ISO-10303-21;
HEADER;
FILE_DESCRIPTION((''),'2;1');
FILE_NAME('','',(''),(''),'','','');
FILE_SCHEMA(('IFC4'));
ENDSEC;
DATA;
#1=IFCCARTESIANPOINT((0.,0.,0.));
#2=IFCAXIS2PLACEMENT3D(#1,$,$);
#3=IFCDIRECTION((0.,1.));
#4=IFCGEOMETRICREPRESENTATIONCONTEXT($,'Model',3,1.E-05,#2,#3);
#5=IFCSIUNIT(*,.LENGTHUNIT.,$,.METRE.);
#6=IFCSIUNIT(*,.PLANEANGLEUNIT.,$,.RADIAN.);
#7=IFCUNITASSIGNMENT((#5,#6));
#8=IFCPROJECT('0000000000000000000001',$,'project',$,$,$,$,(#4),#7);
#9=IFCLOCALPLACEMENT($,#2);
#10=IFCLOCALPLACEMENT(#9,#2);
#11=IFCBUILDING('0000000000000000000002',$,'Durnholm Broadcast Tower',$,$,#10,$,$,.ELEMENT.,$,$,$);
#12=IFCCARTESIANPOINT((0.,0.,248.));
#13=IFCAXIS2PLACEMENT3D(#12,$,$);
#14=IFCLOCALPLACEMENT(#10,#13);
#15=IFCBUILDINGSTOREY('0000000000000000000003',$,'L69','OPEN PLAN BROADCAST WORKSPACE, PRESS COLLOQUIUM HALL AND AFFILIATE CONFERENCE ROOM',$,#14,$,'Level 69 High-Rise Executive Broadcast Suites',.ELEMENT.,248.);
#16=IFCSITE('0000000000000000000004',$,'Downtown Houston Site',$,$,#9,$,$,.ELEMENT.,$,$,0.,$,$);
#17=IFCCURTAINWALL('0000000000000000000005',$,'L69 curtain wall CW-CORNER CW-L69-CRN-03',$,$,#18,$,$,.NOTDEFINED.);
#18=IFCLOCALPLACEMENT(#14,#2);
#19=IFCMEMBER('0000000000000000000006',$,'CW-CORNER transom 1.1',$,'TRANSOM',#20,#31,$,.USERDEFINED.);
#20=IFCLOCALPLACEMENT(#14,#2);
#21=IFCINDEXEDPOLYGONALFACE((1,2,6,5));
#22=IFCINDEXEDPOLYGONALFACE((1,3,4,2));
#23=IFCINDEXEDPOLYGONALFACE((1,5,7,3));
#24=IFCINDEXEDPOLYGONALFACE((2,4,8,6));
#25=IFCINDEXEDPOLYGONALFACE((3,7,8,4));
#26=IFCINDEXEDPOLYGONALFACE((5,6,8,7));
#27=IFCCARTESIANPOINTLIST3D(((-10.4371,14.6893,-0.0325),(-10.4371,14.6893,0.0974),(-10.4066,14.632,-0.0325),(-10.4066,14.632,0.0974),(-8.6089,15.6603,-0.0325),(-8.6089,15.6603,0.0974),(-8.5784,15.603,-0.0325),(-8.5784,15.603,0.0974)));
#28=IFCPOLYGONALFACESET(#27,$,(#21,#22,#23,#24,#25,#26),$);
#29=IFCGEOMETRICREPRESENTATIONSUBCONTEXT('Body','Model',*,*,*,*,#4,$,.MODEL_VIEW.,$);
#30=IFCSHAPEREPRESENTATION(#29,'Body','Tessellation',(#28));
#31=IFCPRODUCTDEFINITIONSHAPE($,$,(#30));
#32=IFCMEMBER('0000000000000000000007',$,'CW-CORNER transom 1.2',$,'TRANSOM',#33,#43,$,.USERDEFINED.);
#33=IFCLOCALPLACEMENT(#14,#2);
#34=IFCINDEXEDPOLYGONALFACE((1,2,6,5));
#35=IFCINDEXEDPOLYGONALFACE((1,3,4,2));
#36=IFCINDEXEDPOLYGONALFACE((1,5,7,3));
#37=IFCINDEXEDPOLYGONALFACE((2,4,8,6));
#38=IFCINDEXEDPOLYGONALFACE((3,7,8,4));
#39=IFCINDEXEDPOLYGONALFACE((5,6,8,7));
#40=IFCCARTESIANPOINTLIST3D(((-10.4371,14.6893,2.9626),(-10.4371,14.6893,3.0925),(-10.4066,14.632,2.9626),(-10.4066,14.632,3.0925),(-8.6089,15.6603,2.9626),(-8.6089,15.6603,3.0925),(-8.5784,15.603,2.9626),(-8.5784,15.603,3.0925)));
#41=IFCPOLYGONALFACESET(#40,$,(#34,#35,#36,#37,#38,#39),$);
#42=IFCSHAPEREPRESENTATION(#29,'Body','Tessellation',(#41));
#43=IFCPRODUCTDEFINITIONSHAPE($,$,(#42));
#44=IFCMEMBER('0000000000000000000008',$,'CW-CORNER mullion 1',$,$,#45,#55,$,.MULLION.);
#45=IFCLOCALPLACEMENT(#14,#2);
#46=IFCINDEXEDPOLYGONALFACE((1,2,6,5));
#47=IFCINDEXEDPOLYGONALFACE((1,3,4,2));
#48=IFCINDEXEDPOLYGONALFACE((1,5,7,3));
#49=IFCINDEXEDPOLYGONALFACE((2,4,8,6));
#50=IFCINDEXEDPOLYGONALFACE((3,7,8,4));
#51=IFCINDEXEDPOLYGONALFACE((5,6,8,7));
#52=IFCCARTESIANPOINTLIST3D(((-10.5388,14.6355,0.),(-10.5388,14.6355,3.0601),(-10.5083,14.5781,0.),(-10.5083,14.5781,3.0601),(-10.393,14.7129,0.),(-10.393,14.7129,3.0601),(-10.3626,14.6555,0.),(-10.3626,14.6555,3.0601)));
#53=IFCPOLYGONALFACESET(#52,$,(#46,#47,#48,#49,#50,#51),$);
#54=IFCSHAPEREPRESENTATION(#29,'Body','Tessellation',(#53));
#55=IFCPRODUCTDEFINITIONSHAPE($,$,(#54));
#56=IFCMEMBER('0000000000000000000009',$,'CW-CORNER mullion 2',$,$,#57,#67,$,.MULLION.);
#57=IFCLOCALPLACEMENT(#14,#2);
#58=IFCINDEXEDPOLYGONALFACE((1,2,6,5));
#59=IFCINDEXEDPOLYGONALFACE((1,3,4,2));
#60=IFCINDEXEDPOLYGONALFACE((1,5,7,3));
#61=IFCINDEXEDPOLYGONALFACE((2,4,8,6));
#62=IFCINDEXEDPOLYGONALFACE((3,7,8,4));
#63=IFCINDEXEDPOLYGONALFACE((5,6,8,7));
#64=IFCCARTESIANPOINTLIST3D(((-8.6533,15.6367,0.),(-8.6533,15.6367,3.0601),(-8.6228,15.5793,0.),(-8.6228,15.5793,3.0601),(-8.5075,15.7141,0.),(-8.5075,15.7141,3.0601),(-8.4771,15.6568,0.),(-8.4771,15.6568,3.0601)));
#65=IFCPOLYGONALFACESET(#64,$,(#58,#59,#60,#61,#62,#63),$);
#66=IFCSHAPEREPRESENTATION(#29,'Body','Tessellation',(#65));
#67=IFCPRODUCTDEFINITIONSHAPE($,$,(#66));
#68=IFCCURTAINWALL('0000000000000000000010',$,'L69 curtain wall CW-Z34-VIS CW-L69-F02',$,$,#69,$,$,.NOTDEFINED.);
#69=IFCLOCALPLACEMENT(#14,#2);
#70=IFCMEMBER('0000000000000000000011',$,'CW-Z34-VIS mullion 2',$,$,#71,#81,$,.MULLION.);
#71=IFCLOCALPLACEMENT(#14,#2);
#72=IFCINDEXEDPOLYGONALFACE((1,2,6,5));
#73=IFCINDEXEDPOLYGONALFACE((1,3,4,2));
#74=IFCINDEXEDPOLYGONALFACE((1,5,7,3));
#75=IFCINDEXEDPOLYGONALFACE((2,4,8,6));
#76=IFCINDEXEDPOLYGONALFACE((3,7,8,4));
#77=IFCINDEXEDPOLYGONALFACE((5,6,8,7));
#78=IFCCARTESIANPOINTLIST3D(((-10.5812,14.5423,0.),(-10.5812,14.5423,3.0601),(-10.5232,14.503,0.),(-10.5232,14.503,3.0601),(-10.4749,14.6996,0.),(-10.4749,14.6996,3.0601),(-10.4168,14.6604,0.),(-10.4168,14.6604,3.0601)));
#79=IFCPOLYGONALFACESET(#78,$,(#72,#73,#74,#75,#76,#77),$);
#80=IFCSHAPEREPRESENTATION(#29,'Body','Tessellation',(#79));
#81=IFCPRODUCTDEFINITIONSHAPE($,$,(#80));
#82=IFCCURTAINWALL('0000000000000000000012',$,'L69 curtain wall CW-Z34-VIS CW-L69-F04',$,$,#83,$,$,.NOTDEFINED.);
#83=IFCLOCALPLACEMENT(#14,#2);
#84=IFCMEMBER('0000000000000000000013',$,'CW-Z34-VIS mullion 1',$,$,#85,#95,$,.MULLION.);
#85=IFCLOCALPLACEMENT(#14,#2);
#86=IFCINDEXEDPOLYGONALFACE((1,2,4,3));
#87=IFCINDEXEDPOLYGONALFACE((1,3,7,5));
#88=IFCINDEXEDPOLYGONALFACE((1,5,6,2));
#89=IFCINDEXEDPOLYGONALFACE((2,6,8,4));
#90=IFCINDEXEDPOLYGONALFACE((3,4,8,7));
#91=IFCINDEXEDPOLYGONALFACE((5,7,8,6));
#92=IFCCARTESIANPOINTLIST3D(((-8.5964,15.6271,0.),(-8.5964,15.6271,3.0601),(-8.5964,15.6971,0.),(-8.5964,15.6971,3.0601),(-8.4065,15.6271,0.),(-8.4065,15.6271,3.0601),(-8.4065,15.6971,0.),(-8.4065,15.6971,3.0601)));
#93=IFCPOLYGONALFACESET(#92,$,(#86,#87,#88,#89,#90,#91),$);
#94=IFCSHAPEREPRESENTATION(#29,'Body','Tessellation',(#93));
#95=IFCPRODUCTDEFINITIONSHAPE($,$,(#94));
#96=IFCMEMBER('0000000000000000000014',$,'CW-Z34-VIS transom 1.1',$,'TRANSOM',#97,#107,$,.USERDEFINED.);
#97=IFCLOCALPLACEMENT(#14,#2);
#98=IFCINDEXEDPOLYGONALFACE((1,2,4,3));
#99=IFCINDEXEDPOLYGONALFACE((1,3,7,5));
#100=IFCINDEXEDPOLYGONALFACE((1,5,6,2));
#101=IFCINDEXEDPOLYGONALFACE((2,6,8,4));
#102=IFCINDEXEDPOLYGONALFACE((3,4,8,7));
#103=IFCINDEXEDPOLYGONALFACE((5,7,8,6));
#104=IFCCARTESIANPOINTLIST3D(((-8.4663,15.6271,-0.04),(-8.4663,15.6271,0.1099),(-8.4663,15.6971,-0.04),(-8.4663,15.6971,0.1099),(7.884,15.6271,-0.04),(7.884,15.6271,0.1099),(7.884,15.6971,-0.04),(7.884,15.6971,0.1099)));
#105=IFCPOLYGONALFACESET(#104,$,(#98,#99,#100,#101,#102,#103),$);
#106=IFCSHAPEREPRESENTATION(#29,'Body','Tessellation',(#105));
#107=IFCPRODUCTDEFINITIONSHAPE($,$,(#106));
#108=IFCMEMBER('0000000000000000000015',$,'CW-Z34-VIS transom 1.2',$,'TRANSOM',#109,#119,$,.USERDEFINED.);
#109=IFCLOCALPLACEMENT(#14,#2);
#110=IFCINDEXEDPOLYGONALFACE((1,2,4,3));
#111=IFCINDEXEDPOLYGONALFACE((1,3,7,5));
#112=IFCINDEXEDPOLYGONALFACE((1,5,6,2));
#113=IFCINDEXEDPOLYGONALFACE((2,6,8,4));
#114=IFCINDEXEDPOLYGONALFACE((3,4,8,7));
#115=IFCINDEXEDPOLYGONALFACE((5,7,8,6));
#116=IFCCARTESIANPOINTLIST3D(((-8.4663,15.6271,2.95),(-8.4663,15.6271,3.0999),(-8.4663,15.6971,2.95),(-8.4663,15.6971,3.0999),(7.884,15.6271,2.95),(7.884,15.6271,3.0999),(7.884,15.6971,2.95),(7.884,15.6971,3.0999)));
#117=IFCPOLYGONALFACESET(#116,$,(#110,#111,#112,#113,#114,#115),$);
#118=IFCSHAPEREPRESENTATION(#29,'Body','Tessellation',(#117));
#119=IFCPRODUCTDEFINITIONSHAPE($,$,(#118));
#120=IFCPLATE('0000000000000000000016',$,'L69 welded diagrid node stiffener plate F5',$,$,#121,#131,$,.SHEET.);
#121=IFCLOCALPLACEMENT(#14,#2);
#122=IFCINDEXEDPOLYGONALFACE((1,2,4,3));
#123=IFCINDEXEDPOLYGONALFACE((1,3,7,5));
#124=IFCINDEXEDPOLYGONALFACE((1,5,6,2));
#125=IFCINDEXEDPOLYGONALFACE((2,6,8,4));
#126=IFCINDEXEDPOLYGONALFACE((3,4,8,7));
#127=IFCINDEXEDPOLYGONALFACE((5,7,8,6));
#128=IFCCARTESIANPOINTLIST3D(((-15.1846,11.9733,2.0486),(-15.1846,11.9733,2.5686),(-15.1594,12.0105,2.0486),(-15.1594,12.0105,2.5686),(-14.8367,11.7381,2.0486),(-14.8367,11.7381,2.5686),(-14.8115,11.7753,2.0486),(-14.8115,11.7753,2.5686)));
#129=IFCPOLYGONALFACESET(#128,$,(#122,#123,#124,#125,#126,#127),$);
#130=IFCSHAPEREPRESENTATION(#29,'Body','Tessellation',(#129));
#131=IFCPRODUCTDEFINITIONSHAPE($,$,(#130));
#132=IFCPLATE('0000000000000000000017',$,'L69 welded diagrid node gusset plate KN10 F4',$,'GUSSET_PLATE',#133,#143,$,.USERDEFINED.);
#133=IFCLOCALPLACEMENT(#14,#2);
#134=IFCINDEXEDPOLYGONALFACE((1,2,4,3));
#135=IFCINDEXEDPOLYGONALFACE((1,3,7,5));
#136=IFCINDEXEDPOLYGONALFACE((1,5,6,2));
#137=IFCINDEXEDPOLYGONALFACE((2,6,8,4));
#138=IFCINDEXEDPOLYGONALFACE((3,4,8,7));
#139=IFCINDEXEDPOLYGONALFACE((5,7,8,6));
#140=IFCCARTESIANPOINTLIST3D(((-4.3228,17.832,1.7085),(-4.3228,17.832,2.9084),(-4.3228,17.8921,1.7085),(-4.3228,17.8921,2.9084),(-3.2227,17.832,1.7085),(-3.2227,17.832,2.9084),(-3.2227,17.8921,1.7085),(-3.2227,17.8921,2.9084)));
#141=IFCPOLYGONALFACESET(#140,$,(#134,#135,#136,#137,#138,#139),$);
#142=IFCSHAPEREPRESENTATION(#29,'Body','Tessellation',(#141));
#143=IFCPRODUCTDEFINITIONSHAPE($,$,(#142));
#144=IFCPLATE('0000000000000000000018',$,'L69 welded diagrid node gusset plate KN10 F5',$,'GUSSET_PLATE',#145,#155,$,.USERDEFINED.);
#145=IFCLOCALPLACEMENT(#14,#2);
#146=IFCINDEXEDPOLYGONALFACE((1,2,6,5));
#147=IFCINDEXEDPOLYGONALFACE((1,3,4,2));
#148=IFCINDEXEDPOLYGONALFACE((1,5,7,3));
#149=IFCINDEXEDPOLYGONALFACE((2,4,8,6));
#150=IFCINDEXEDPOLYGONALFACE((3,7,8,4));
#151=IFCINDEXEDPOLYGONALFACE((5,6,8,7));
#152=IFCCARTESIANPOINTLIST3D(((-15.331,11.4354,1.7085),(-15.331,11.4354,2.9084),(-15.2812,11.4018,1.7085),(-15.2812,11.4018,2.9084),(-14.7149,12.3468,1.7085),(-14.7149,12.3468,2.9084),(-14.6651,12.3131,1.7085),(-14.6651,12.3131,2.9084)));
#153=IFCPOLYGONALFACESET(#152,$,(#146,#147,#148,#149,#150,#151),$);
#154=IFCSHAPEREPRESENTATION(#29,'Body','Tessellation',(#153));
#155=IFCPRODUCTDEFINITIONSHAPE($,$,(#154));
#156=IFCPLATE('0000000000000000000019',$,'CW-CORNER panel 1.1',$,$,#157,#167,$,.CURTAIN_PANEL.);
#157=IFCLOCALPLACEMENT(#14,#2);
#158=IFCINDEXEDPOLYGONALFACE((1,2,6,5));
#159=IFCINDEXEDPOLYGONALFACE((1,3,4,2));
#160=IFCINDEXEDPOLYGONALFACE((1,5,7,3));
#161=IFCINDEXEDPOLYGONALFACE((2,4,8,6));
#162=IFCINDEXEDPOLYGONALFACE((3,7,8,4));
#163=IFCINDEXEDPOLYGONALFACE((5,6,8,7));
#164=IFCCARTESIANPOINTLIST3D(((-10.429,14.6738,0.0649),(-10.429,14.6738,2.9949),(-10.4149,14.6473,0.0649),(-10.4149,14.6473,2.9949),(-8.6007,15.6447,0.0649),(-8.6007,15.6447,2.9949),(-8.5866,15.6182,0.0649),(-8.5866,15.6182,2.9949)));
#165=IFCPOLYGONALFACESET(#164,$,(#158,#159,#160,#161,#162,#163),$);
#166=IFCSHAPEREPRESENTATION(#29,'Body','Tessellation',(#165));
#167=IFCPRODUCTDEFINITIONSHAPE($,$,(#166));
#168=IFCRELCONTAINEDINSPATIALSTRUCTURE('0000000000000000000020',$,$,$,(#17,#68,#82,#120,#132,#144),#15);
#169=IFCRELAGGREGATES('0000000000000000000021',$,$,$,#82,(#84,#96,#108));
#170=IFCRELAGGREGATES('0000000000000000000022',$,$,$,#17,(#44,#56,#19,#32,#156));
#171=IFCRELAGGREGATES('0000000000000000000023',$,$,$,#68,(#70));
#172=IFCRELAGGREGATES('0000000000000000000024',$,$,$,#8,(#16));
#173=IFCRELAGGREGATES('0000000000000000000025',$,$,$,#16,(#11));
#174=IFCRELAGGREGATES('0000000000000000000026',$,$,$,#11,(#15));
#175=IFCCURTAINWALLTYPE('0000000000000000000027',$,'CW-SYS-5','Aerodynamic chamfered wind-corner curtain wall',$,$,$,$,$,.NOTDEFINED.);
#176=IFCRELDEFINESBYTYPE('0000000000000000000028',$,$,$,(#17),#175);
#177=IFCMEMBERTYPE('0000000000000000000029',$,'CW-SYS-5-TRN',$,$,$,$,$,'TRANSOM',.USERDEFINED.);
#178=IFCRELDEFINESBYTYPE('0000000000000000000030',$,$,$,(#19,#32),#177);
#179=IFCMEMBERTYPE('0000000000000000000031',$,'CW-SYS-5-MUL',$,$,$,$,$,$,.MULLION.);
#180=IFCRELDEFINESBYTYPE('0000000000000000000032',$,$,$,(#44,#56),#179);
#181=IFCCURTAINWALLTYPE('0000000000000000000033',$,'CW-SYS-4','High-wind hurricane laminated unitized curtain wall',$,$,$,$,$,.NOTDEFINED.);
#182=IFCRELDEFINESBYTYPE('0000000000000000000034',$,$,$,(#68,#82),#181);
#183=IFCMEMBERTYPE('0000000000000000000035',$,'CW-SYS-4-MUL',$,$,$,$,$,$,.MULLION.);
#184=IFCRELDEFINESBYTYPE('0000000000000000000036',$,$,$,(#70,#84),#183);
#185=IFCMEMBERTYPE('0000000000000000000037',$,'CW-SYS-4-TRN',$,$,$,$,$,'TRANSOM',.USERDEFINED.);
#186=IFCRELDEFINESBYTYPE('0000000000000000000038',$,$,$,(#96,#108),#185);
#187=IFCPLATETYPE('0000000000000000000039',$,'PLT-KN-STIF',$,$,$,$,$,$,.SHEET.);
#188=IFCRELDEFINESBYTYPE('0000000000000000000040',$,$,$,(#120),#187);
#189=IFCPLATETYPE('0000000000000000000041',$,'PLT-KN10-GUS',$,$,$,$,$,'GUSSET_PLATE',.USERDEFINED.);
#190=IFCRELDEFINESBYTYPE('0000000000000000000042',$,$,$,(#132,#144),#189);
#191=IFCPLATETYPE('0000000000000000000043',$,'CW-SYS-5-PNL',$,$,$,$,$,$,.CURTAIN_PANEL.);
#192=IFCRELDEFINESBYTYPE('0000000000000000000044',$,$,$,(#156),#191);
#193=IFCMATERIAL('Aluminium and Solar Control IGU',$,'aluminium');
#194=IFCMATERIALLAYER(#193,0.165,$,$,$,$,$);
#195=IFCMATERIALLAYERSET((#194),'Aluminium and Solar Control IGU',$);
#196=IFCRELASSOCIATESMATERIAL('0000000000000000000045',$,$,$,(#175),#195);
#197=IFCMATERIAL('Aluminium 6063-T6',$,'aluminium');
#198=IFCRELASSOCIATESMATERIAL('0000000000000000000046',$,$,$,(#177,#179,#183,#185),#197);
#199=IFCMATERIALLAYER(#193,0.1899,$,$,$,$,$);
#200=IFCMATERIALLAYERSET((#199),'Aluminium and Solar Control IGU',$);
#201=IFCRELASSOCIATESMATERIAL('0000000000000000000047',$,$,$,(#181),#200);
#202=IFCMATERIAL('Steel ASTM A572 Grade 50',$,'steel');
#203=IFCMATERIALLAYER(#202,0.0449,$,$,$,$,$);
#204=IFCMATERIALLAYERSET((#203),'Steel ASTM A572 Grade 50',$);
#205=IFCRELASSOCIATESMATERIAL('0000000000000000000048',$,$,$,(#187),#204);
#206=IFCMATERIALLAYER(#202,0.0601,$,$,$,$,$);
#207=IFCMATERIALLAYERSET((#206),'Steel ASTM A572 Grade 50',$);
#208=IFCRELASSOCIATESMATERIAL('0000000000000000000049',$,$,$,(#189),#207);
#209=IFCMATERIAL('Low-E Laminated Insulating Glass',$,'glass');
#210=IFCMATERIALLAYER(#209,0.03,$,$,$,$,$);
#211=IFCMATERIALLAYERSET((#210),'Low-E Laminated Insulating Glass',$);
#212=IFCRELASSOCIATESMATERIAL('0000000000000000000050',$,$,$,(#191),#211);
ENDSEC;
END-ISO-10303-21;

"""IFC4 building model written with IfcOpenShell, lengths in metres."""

from ifc_helpers import new_model, si_unit, direction, frame, origin, origin_2d, place, context, subcontext, project, spatial, rectangle, extrude, source, transform, mapped, material, layer, layer_set, material_profile, profile_set, type_object, type_shapes, element, aggregate, save


model = new_model("IFC4")

# Units and contexts
model_context = context("Model", 3, precision=1e-05, world=origin(), true_north=direction((0.0, 1.0)))
body_context = subcontext(model_context, "Body", "Model", "MODEL_VIEW")
ifc_project = project(units=[si_unit("LENGTHUNIT", "METRE"), si_unit("PLANEANGLEUNIT", "RADIAN")], contexts=[model_context])

# Site, building, storey
site_placement = place(None, origin())
site = spatial("IfcSite", under=ifc_project, at=site_placement, Name="Downtown Houston Site", CompositionType="ELEMENT", RefElevation=0.0)
building_placement = place(site_placement, origin())
building = spatial("IfcBuilding", under=site, at=building_placement, Name="Durnholm Broadcast Tower", CompositionType="ELEMENT")
storey_placement = place(building_placement, frame((0.0, 0.0, 248.0)))
storey = spatial("IfcBuildingStorey", under=building, at=storey_placement, Name="L69", Description="OPEN PLAN BROADCAST WORKSPACE, PRESS COLLOQUIUM HALL AND AFFILIATE CONFERENCE ROOM", LongName="Level 69 High-Rise Executive Broadcast Suites", CompositionType="ELEMENT", Elevation=248.0)

# Curtain wall, members
ifc_material_1 = material(Name="Aluminium and Solar Control IGU", Category="aluminium")
ifc_layer_1 = layer(ifc_material_1, 0.165)
ifc_layer_set_1 = layer_set([ifc_layer_1], Name="Aluminium and Solar Control IGU")
curtain_wall_type_1 = type_object("IfcCurtainWallType", Name="CW-SYS-5", Description="Aerodynamic chamfered wind-corner curtain wall", PredefinedType="NOTDEFINED", material=ifc_layer_set_1)
curtain_wall_1_placement = place(storey_placement, origin())
curtain_wall_1 = element("IfcCurtainWall", 1, at=curtain_wall_1_placement, inside=storey, type_object=curtain_wall_type_1, Name="L69 curtain wall CW-CORNER CW-L69-CRN-03", PredefinedType="NOTDEFINED")
ifc_material_2 = material(Name="Aluminium 6063-T6", Category="aluminium")
ifc_material_profile_1 = material_profile(ifc_material_2, rectangle(XDim=0.0649, YDim=0.1299, at=origin_2d()), Name="CWT65X130")
ifc_profile_set_1 = profile_set([ifc_material_profile_1], Name="Aluminium 6063-T6")
member_type_1 = type_object("IfcMemberType", Name="CW-SYS-5-TRN", ElementType="TRANSOM", PredefinedType="USERDEFINED", material=ifc_profile_set_1)
shared_shape_1 = source(origin(), body_context, "Body", "SweptSolid", [
    extrude(rectangle(XDim=0.0649, YDim=0.1299, at=origin_2d()), origin(), (0.0, 0.0, 1.0), 2.0701),
])
type_shapes(member_type_1, [shared_shape_1])
member_1_placement = place(storey_placement, frame((-10.4219, 14.6606, 0.0325), z_axis=(0.883165, 0.469063, 0.0), x_axis=(-0.469063, 0.883165, 0.0)))
member_1 = element("IfcMember", 2, at=member_1_placement, type_object=member_type_1, Name="CW-CORNER transom 1.1", ObjectType="TRANSOM", PredefinedType="USERDEFINED", context=body_context, shape_type="MappedRepresentation", body=[
    mapped(shared_shape_1, transform((0.0, 0.0, 0.0), x_axis=(1.0, 0.0, 0.0), y_axis=(0.0, 1.0, 0.0), z_axis=(0.0, 0.0, 1.0), scale=1.0)),
])
member_2_placement = place(storey_placement, frame((-10.4219, 14.6606, 3.0276), z_axis=(0.883165, 0.469063, 0.0), x_axis=(-0.469063, 0.883165, 0.0)))
member_2 = element("IfcMember", 3, at=member_2_placement, type_object=member_type_1, Name="CW-CORNER transom 1.2", ObjectType="TRANSOM", PredefinedType="USERDEFINED", context=body_context, shape_type="MappedRepresentation", body=[
    mapped(shared_shape_1, transform((0.0, 0.0, 0.0), x_axis=(1.0, 0.0, 0.0), y_axis=(0.0, 1.0, 0.0), z_axis=(0.0, 0.0, 1.0), scale=1.0)),
])
ifc_material_profile_2 = material_profile(ifc_material_2, rectangle(XDim=0.0649, YDim=0.165, at=origin_2d()), Name="CWM65X165")
ifc_profile_set_2 = profile_set([ifc_material_profile_2], Name="Aluminium 6063-T6")
member_type_2 = type_object("IfcMemberType", Name="CW-SYS-5-MUL", PredefinedType="MULLION", material=ifc_profile_set_2)
shared_shape_2 = source(origin(), body_context, "Body", "SweptSolid", [
    extrude(rectangle(XDim=0.0649, YDim=0.165, at=origin_2d()), origin(), (0.0, 0.0, 1.0), 3.0601),
])
type_shapes(member_type_2, [shared_shape_2])
member_3_placement = place(storey_placement, frame((-10.4507, 14.6455, 0.0), z_axis=(0.0, 0.0, 1.0), x_axis=(-0.469007, 0.883195, 0.0)))
member_3 = element("IfcMember", 4, at=member_3_placement, type_object=member_type_2, Name="CW-CORNER mullion 1", PredefinedType="MULLION", context=body_context, shape_type="MappedRepresentation", body=[
    mapped(shared_shape_2, transform((0.0, 0.0, 0.0), x_axis=(1.0, 0.0, 0.0), y_axis=(0.0, 1.0, 0.0), z_axis=(0.0, 0.0, 1.0), scale=1.0)),
])
member_4_placement = place(storey_placement, frame((-8.5652, 15.6467, 0.0), z_axis=(0.0, 0.0, 1.0), x_axis=(-0.469007, 0.883195, 0.0)))
member_4 = element("IfcMember", 5, at=member_4_placement, type_object=member_type_2, Name="CW-CORNER mullion 2", PredefinedType="MULLION", context=body_context, shape_type="MappedRepresentation", body=[
    mapped(shared_shape_2, transform((0.0, 0.0, 0.0), x_axis=(1.0, 0.0, 0.0), y_axis=(0.0, 1.0, 0.0), z_axis=(0.0, 0.0, 1.0), scale=1.0)),
])

# Curtain wall, member
ifc_layer_2 = layer(ifc_material_1, 0.1899)
ifc_layer_set_2 = layer_set([ifc_layer_2], Name="Aluminium and Solar Control IGU")
curtain_wall_type_2 = type_object("IfcCurtainWallType", Name="CW-SYS-4", Description="High-wind hurricane laminated unitized curtain wall", PredefinedType="NOTDEFINED", material=ifc_layer_set_2)
curtain_wall_2_placement = place(storey_placement, origin())
curtain_wall_2 = element("IfcCurtainWall", 6, at=curtain_wall_2_placement, inside=storey, type_object=curtain_wall_type_2, Name="L69 curtain wall CW-Z34-VIS CW-L69-F02", PredefinedType="NOTDEFINED")
ifc_material_profile_3 = material_profile(ifc_material_2, rectangle(XDim=0.0701, YDim=0.1899, at=origin_2d()), Name="CWM70X190")
ifc_profile_set_3 = profile_set([ifc_material_profile_3], Name="Aluminium 6063-T6")
member_type_3 = type_object("IfcMemberType", Name="CW-SYS-4-MUL", PredefinedType="MULLION", material=ifc_profile_set_3)
shared_shape_3 = source(origin(), body_context, "Body", "SweptSolid", [
    extrude(rectangle(XDim=0.0701, YDim=0.1899, at=origin_2d()), origin(), (0.0, 0.0, 1.0), 3.0601),
])
type_shapes(member_type_3, [shared_shape_3])
member_5_placement = place(storey_placement, frame((-10.499, 14.6013, 0.0), z_axis=(0.0, 0.0, 1.0), x_axis=(-0.828443, 0.560073, 0.0)))
member_5 = element("IfcMember", 7, at=member_5_placement, type_object=member_type_3, Name="CW-Z34-VIS mullion 2", PredefinedType="MULLION", context=body_context, shape_type="MappedRepresentation", body=[
    mapped(shared_shape_3, transform((0.0, 0.0, 0.0), x_axis=(1.0, 0.0, 0.0), y_axis=(0.0, 1.0, 0.0), z_axis=(0.0, 0.0, 1.0), scale=1.0)),
])

# Curtain wall, members
curtain_wall_3_placement = place(storey_placement, origin())
curtain_wall_3 = element("IfcCurtainWall", 8, at=curtain_wall_3_placement, inside=storey, type_object=curtain_wall_type_2, Name="L69 curtain wall CW-Z34-VIS CW-L69-F04", PredefinedType="NOTDEFINED")
member_6_placement = place(storey_placement, frame((-8.5015, 15.6621, 0.0), z_axis=(0.0, 0.0, 1.0), x_axis=(0.0, 1.0, 0.0)))
member_6 = element("IfcMember", 9, at=member_6_placement, type_object=member_type_3, Name="CW-Z34-VIS mullion 1", PredefinedType="MULLION", context=body_context, shape_type="MappedRepresentation", body=[
    mapped(shared_shape_3, transform((0.0, 0.0, 0.0), x_axis=(1.0, 0.0, 0.0), y_axis=(0.0, 1.0, 0.0), z_axis=(0.0, 0.0, 1.0), scale=1.0)),
])
ifc_material_profile_4 = material_profile(ifc_material_2, rectangle(XDim=0.0701, YDim=0.1499, at=origin_2d()), Name="CWT70X150")
ifc_profile_set_4 = profile_set([ifc_material_profile_4], Name="Aluminium 6063-T6")
member_type_4 = type_object("IfcMemberType", Name="CW-SYS-4-TRN", ElementType="TRANSOM", PredefinedType="USERDEFINED", material=ifc_profile_set_4)
shared_shape_4 = source(origin(), body_context, "Body", "SweptSolid", [
    extrude(rectangle(XDim=0.0701, YDim=0.1499, at=origin_2d()), origin(), (0.0, 0.0, 1.0), 16.3503),
])
type_shapes(member_type_4, [shared_shape_4])
member_7_placement = place(storey_placement, frame((-8.4663, 15.6621, 0.0349), z_axis=(1.0, 0.0, 0.0), x_axis=(0.0, 1.0, 0.0)))
member_7 = element("IfcMember", 10, at=member_7_placement, type_object=member_type_4, Name="CW-Z34-VIS transom 1.1", ObjectType="TRANSOM", PredefinedType="USERDEFINED", context=body_context, shape_type="MappedRepresentation", body=[
    mapped(shared_shape_4, transform((0.0, 0.0, 0.0), x_axis=(1.0, 0.0, 0.0), y_axis=(0.0, 1.0, 0.0), z_axis=(0.0, 0.0, 1.0), scale=1.0)),
])
member_8_placement = place(storey_placement, frame((-8.4663, 15.6621, 3.0249), z_axis=(1.0, 0.0, 0.0), x_axis=(0.0, 1.0, 0.0)))
member_8 = element("IfcMember", 11, at=member_8_placement, type_object=member_type_4, Name="CW-Z34-VIS transom 1.2", ObjectType="TRANSOM", PredefinedType="USERDEFINED", context=body_context, shape_type="MappedRepresentation", body=[
    mapped(shared_shape_4, transform((0.0, 0.0, 0.0), x_axis=(1.0, 0.0, 0.0), y_axis=(0.0, 1.0, 0.0), z_axis=(0.0, 0.0, 1.0), scale=1.0)),
])
aggregate(curtain_wall_3, [member_6, member_7, member_8])

# Plates
ifc_material_3 = material(Name="Steel ASTM A572 Grade 50", Category="steel")
ifc_layer_3 = layer(ifc_material_3, 0.0449)
ifc_layer_set_3 = layer_set([ifc_layer_3], Name="Steel ASTM A572 Grade 50")
plate_type_1 = type_object("IfcPlateType", Name="PLT-KN-STIF", PredefinedType="SHEET", material=ifc_layer_set_3)
shared_shape_5 = source(origin(), body_context, "Body", "SweptSolid", [
    extrude(rectangle(XDim=0.0449, YDim=0.4199, at=origin_2d()), origin(), (0.0, 0.0, 1.0), 0.52),
])
type_shapes(plate_type_1, [shared_shape_5])
plate_1_placement = place(storey_placement, frame((-14.998, 11.8743, 2.0486), z_axis=(0.0, 0.0, 1.0), x_axis=(-0.560061, -0.828452, 0.0)))
element("IfcPlate", 12, at=plate_1_placement, inside=storey, type_object=plate_type_1, Name="L69 welded diagrid node stiffener plate F5", PredefinedType="SHEET", context=body_context, shape_type="MappedRepresentation", body=[
    mapped(shared_shape_5, transform((0.0, 0.0, 0.0), x_axis=(1.0, 0.0, 0.0), y_axis=(0.0, 1.0, 0.0), z_axis=(0.0, 0.0, 1.0), scale=1.0)),
])
ifc_layer_4 = layer(ifc_material_3, 0.0601)
ifc_layer_set_4 = layer_set([ifc_layer_4], Name="Steel ASTM A572 Grade 50")
plate_type_2 = type_object("IfcPlateType", Name="PLT-KN10-GUS", ElementType="GUSSET_PLATE", PredefinedType="USERDEFINED", material=ifc_layer_set_4)
shared_shape_6 = source(origin(), body_context, "Body", "SweptSolid", [
    extrude(rectangle(XDim=1.1001, YDim=0.0601, at=origin_2d()), origin(), (0.0, 0.0, 1.0), 1.2),
])
type_shapes(plate_type_2, [shared_shape_6])
for number, where, z_axis, x_axis, name in (
    (13, (-3.7727, 17.8621, 1.7085), (0.0, 0.0, 1.0), (-1.0, 0.0, 0.0), "L69 welded diagrid node gusset plate KN10 F4"),
    (14, (-14.998, 11.8743, 1.7085), (0.0, 0.0, 1.0), (-0.560061, -0.828452, 0.0), "L69 welded diagrid node gusset plate KN10 F5"),
):
    element("IfcPlate", number, at=place(storey_placement, frame(where, z_axis=z_axis, x_axis=x_axis)), inside=storey, type_object=plate_type_2, Name=name, ObjectType="GUSSET_PLATE", PredefinedType="USERDEFINED", context=body_context, shape_type="MappedRepresentation", body=[
        mapped(shared_shape_6, transform((0.0, 0.0, 0.0), x_axis=(1.0, 0.0, 0.0), y_axis=(0.0, 1.0, 0.0), z_axis=(0.0, 0.0, 1.0), scale=1.0)),
    ])

# Plate
ifc_material_4 = material(Name="Low-E Laminated Insulating Glass", Category="glass")
ifc_layer_5 = layer(ifc_material_4, 0.03)
ifc_layer_set_5 = layer_set([ifc_layer_5], Name="Low-E Laminated Insulating Glass")
plate_type_3 = type_object("IfcPlateType", Name="CW-SYS-5-PNL", PredefinedType="CURTAIN_PANEL", material=ifc_layer_set_5)
shared_shape_7 = source(origin(), body_context, "Body", "SweptSolid", [
    extrude(rectangle(XDim=2.0701, YDim=0.03, at=origin_2d()), origin(), (0.0, 0.0, 1.0), 2.9299),
])
type_shapes(plate_type_3, [shared_shape_7])
plate_2_placement = place(storey_placement, frame((-9.5078, 15.146, 0.0649), z_axis=(0.0, 0.0, 1.0), x_axis=(0.883195, 0.469007, 0.0)))
plate_2 = element("IfcPlate", 15, at=plate_2_placement, type_object=plate_type_3, Name="CW-CORNER panel 1.1", PredefinedType="CURTAIN_PANEL", context=body_context, shape_type="MappedRepresentation", body=[
    mapped(shared_shape_7, transform((0.0, 0.0, 0.0), x_axis=(1.0, 0.0, 0.0), y_axis=(0.0, 1.0, 0.0), z_axis=(0.0, 0.0, 1.0), scale=1.0)),
])
aggregate(curtain_wall_1, [member_3, member_4, member_1, member_2, plate_2])
aggregate(curtain_wall_2, [member_5])

save(model, "model.ifc")
